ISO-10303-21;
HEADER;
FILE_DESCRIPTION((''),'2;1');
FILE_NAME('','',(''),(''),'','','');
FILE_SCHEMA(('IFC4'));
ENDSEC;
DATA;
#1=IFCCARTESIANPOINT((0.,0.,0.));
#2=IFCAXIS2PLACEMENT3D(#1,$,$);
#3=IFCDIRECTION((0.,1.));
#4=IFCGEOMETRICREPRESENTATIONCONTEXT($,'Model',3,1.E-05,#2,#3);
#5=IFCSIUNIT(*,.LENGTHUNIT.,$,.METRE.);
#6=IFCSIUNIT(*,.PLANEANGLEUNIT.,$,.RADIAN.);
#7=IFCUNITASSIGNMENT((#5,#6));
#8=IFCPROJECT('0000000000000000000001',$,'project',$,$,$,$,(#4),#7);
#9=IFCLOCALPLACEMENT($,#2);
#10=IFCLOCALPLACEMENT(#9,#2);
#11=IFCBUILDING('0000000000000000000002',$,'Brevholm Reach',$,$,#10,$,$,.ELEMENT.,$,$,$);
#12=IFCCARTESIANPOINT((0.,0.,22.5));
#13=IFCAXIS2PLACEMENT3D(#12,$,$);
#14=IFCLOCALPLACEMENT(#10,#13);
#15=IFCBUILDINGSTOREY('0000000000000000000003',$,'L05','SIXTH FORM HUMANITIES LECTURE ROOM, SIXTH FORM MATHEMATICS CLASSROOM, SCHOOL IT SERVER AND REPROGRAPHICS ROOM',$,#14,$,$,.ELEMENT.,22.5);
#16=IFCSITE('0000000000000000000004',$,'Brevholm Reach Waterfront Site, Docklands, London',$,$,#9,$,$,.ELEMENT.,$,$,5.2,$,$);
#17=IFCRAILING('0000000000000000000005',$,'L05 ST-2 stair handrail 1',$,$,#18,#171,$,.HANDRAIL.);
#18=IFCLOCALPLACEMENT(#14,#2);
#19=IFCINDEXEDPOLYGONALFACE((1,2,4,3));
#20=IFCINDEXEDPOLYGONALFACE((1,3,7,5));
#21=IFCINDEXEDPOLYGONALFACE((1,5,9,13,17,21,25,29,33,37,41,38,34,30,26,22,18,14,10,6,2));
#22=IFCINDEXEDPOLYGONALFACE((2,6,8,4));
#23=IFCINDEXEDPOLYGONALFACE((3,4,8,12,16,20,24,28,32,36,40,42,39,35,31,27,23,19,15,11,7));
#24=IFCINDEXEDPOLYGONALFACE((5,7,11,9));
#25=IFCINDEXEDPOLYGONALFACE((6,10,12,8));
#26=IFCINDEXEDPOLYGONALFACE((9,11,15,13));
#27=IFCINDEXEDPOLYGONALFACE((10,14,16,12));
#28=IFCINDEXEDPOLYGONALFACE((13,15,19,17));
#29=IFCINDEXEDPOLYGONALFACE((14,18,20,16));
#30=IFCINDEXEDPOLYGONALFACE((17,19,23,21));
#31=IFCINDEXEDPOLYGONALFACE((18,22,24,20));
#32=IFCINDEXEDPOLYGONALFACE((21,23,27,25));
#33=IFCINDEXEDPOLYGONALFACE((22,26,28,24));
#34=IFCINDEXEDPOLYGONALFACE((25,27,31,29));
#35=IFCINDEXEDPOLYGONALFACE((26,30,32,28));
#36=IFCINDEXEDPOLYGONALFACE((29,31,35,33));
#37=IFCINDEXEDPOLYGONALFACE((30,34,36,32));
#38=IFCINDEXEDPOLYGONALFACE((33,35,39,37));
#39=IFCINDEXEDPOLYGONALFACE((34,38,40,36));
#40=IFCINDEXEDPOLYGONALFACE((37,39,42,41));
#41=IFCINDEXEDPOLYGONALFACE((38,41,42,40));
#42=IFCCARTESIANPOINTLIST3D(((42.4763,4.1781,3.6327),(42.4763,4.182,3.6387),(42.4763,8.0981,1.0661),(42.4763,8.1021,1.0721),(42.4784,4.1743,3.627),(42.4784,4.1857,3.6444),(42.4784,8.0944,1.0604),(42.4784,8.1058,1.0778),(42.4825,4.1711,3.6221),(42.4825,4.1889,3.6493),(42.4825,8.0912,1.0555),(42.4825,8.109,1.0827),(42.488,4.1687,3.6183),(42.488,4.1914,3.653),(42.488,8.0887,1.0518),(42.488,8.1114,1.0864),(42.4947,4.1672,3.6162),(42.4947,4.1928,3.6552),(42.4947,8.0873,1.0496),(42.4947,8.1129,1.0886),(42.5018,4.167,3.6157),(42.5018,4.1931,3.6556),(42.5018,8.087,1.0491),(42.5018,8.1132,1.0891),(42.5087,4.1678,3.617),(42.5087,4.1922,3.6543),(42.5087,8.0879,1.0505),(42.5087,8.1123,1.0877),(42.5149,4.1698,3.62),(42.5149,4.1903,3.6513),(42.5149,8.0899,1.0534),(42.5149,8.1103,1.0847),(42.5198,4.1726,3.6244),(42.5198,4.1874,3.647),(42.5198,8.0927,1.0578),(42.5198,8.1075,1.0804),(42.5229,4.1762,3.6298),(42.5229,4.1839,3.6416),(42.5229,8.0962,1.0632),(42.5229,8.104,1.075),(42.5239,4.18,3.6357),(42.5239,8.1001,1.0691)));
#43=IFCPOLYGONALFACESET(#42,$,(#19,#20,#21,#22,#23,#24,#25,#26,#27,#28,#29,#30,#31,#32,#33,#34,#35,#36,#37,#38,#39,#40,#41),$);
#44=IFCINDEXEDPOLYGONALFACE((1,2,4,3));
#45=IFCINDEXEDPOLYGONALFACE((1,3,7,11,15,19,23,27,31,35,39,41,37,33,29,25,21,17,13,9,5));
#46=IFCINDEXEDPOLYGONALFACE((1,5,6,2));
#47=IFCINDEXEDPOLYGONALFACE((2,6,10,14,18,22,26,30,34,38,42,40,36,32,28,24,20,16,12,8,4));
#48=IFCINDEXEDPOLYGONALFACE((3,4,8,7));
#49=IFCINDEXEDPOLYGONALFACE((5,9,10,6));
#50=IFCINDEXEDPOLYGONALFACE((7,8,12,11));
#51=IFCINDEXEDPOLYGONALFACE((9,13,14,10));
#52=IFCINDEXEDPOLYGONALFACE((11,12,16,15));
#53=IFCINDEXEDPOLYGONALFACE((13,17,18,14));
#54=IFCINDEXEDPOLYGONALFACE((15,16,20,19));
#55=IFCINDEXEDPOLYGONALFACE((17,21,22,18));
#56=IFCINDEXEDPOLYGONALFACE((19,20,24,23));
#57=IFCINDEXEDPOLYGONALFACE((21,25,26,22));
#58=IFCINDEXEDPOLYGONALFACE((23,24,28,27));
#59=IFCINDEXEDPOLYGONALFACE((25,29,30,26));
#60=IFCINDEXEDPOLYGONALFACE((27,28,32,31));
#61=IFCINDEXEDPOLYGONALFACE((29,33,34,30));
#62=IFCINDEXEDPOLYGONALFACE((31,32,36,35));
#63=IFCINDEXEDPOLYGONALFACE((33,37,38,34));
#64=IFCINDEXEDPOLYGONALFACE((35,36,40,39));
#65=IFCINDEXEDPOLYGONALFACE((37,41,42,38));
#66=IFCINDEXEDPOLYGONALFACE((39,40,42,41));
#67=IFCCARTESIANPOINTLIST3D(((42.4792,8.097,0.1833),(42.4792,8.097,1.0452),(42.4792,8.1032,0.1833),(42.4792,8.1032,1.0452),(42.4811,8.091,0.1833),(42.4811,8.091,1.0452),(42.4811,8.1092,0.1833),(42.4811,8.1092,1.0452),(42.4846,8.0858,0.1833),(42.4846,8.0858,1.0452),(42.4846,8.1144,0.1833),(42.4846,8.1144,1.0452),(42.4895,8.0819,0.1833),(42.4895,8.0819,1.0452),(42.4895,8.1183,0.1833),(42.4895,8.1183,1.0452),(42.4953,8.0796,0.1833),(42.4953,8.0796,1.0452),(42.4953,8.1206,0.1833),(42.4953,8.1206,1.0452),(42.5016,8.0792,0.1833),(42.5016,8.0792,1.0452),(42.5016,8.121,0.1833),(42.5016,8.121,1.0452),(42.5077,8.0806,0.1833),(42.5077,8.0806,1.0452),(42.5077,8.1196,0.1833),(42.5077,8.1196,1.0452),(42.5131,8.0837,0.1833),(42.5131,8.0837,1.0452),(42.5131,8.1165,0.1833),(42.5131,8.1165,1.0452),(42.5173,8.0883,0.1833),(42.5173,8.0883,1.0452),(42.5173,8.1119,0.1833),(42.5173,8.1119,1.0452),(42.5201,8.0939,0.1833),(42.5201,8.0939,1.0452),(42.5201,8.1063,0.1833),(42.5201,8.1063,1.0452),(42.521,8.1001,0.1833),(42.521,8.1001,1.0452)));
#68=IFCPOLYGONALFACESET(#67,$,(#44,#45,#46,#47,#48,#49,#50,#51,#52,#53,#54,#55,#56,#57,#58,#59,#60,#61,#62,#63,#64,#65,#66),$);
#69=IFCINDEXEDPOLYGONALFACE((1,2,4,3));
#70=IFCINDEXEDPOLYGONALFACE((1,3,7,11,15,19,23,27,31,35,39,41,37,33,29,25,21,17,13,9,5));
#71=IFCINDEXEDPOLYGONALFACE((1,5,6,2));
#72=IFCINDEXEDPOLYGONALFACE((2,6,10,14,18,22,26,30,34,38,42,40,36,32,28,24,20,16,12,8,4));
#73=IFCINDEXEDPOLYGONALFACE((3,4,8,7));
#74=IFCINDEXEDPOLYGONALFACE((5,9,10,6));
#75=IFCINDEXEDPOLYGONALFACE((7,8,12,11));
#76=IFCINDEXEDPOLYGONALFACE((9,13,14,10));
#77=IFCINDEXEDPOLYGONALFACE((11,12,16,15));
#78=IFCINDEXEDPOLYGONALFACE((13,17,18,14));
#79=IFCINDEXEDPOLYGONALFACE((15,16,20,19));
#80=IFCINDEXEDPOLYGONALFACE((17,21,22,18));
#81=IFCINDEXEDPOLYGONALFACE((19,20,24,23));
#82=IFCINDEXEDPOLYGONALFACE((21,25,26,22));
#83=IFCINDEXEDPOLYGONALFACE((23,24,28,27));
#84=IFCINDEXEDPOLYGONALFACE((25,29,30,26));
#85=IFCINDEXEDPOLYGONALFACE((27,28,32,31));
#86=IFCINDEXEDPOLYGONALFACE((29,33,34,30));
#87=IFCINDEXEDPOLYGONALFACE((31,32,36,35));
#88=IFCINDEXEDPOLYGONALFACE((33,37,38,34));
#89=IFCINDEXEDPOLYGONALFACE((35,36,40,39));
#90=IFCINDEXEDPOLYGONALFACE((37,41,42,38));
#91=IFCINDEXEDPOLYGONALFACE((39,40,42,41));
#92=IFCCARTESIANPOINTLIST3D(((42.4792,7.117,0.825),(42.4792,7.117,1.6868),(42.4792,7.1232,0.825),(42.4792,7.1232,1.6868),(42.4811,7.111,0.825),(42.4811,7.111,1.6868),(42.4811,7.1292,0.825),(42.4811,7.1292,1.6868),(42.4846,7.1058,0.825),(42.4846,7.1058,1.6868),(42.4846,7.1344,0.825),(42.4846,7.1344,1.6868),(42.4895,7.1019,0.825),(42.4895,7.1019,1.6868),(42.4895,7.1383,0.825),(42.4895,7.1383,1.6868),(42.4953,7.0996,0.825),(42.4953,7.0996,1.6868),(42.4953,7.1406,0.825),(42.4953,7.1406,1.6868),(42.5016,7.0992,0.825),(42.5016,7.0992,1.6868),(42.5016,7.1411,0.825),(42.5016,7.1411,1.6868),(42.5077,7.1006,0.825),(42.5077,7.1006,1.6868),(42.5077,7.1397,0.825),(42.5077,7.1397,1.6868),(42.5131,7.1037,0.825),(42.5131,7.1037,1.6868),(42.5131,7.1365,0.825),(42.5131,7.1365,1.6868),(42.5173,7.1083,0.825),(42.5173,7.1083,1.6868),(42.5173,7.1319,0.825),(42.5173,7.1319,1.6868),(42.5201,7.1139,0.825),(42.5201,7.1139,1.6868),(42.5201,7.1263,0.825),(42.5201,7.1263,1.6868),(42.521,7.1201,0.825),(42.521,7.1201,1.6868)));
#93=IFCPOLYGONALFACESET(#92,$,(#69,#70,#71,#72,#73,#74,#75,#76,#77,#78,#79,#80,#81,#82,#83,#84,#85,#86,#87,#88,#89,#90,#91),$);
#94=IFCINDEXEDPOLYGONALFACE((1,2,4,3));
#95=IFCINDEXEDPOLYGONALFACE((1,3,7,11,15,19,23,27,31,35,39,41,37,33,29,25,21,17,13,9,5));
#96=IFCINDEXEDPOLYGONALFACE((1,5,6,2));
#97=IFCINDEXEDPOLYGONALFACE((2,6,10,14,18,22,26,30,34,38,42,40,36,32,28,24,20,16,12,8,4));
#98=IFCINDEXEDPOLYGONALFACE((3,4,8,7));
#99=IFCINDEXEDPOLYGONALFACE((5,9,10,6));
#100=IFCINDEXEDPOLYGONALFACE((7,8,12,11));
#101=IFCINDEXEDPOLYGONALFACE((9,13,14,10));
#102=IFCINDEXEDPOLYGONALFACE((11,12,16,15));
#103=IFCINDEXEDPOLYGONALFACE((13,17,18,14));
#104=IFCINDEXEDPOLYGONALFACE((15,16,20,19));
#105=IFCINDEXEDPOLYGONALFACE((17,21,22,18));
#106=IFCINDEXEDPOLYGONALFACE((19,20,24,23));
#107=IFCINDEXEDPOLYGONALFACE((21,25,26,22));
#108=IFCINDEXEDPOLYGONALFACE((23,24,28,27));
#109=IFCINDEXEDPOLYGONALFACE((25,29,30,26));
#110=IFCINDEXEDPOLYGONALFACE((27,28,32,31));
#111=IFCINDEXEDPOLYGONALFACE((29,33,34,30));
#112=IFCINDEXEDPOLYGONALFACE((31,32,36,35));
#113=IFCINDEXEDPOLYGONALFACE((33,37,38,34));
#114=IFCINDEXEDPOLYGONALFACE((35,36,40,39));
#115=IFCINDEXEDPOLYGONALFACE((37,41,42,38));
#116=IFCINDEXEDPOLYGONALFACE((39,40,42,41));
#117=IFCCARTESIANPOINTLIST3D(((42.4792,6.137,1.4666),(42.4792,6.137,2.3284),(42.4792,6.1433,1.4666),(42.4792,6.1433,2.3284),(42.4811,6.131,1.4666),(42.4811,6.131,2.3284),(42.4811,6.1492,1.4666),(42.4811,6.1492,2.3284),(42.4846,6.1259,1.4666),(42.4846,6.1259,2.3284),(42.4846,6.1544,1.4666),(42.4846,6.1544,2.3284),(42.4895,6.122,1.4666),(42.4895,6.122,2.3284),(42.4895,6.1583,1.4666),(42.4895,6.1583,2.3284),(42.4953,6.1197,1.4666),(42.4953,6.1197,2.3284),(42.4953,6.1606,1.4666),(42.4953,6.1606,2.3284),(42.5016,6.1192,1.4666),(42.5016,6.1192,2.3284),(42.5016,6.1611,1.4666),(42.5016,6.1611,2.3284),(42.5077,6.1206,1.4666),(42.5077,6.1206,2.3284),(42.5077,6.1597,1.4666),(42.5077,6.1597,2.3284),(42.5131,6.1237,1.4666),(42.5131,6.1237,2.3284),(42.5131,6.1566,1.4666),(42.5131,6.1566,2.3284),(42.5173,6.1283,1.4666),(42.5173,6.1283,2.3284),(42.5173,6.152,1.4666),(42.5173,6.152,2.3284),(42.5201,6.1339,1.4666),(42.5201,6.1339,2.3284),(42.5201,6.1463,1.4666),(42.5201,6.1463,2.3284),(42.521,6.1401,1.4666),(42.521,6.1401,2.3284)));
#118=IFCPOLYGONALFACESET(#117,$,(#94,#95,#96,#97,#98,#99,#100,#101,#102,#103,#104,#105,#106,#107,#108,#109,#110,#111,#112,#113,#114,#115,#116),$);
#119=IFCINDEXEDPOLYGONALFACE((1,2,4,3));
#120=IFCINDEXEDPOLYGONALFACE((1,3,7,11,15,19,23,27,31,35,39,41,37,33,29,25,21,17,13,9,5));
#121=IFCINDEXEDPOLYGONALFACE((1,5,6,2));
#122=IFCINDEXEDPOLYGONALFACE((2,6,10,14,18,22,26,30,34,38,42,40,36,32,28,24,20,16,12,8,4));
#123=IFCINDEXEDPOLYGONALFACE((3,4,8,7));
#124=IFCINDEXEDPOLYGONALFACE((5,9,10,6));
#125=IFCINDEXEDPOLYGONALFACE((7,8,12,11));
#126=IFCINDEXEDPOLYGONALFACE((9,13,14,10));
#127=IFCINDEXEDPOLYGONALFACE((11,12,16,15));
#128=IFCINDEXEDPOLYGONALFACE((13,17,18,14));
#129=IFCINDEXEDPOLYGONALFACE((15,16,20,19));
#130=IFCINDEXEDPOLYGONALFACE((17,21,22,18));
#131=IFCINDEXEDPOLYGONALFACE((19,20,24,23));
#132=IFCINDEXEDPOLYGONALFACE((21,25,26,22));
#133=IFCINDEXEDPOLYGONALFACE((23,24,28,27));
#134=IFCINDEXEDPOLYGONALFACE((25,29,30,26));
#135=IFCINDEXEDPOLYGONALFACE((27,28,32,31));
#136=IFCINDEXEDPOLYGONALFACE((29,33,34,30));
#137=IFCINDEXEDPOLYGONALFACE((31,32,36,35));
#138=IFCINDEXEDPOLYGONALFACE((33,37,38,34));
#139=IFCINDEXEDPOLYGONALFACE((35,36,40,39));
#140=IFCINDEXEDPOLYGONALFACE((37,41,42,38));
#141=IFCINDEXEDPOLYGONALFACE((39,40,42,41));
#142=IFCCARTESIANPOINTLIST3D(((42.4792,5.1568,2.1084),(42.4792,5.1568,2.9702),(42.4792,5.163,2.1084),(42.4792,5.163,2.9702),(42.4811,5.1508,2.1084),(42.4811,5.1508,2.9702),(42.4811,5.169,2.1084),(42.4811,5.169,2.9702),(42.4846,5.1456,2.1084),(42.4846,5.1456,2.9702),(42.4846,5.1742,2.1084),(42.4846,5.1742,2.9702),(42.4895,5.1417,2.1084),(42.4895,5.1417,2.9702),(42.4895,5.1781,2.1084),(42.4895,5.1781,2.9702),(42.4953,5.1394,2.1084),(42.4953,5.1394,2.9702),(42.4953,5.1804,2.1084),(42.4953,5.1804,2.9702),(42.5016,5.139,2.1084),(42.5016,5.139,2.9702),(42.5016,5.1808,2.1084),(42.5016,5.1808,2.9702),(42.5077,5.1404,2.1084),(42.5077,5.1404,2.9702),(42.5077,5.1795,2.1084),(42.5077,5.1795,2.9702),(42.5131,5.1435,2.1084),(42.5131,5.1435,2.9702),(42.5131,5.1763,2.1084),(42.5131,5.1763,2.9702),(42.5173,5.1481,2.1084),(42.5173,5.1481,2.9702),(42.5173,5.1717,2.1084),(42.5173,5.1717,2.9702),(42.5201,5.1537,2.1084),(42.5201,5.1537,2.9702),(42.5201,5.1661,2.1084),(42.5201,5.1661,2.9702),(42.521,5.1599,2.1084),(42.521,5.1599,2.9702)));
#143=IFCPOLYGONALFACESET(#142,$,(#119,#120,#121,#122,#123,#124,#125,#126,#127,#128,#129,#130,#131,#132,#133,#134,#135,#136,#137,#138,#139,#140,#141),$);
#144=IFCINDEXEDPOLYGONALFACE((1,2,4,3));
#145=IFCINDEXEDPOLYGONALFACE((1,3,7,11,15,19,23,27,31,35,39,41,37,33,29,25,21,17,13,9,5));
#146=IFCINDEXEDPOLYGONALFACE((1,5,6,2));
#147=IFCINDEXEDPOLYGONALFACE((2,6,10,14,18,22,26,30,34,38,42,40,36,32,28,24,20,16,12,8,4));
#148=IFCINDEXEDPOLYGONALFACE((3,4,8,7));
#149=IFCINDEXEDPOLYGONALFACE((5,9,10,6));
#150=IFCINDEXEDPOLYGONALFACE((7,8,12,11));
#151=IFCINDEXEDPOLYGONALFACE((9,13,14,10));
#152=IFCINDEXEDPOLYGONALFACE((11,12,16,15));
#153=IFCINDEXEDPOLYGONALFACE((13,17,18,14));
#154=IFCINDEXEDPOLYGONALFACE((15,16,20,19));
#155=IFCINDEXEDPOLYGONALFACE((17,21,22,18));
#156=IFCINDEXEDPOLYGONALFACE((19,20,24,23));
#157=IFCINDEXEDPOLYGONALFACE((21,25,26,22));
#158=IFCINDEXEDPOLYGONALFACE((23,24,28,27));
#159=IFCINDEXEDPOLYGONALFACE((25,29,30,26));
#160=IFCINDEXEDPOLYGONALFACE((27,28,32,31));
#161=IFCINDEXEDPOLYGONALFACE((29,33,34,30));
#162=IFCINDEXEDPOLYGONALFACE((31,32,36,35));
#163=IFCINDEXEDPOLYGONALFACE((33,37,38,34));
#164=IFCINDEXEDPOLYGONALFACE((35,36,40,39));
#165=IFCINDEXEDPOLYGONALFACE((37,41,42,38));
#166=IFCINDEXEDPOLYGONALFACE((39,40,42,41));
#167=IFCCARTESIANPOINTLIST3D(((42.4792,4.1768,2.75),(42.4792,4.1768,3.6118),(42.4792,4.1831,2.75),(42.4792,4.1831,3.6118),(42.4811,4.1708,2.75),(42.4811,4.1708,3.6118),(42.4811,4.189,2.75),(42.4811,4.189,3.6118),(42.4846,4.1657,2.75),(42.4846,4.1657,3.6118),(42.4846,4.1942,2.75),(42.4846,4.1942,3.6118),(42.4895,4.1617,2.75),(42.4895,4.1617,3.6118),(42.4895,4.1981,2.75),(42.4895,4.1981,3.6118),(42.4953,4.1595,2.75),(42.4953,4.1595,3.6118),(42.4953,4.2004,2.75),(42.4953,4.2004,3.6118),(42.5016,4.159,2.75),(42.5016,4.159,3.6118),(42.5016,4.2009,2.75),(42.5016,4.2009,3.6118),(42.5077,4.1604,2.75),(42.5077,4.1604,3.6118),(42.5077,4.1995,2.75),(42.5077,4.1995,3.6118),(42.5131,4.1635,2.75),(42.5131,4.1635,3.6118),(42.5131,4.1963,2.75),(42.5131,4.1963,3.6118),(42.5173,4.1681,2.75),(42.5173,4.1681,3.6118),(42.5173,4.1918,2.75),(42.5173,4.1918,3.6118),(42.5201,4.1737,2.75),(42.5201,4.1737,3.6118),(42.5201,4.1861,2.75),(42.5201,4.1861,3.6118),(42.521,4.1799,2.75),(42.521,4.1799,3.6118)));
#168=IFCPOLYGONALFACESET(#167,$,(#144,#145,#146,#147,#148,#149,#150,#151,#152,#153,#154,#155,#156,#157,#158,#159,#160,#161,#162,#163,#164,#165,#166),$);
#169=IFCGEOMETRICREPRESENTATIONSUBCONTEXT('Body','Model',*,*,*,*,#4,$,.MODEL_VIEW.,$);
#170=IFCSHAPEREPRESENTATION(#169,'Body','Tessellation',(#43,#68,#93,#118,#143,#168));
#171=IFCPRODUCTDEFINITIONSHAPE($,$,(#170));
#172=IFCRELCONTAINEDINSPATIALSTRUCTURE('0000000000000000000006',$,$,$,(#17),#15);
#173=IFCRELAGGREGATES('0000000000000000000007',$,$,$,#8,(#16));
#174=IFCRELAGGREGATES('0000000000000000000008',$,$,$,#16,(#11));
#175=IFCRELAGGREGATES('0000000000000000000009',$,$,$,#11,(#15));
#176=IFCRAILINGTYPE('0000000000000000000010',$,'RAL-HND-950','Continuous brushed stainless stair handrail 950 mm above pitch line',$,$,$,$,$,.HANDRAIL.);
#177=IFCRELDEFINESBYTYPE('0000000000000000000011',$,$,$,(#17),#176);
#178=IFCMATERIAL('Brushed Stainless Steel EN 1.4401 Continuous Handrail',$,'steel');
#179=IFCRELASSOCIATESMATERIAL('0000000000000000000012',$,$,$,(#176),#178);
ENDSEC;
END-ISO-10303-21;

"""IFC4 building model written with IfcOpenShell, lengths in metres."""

from ifc_helpers import new_model, si_unit, direction, frame, origin, origin_2d, place, context, subcontext, project, spatial, circle, extrude, material, type_object, element, save


model = new_model("IFC4")

# Units and contexts
model_context = context("Model", 3, precision=1e-05, world=origin(), true_north=direction((0.0, 1.0)))
body_context = subcontext(model_context, "Body", "Model", "MODEL_VIEW")
ifc_project = project(units=[si_unit("LENGTHUNIT", "METRE"), si_unit("PLANEANGLEUNIT", "RADIAN")], contexts=[model_context])

# Site, building, storey
site_placement = place(None, origin())
site = spatial("IfcSite", under=ifc_project, at=site_placement, Name="Brevholm Reach Waterfront Site, Docklands, London", CompositionType="ELEMENT", RefElevation=5.2)
building_placement = place(site_placement, origin())
building = spatial("IfcBuilding", under=site, at=building_placement, Name="Brevholm Reach", CompositionType="ELEMENT")
storey_placement = place(building_placement, frame((0.0, 0.0, 22.5)))
storey = spatial("IfcBuildingStorey", under=building, at=storey_placement, Name="L05", Description="SIXTH FORM HUMANITIES LECTURE ROOM, SIXTH FORM MATHEMATICS CLASSROOM, SCHOOL IT SERVER AND REPROGRAPHICS ROOM", CompositionType="ELEMENT", Elevation=22.5)

# Railing
ifc_material_1 = material(Name="Brushed Stainless Steel EN 1.4401 Continuous Handrail", Category="steel")
railing_type_1 = type_object("IfcRailingType", Name="RAL-HND-950", Description="Continuous brushed stainless stair handrail 950 mm above pitch line", PredefinedType="HANDRAIL", material=ifc_material_1)
railing_1_placement = place(storey_placement, frame((42.5, 8.1001, 0.1833)))
element("IfcRailing", 1, at=railing_1_placement, inside=storey, type_object=railing_type_1, Name="L05 ST-2 stair handrail 1", PredefinedType="HANDRAIL", context=body_context, shape_type="SweptSolid", body=[
    extrude(circle(Radius=0.0239, at=origin_2d()), frame((0.0, 0.0, 0.8857), z_axis=(0.0, -0.836631, 0.547767), x_axis=(1.0, 0.0, 0.0)), (0.0, 0.0, 1.0), 4.6855),
    extrude(circle(Radius=0.021, at=origin_2d()), origin(), (0.0, 0.0, 1.0), 0.8618),
    extrude(circle(Radius=0.021, at=origin_2d()), frame((0.0, -0.98, 0.6416)), (0.0, 0.0, 1.0), 0.8618),
    extrude(circle(Radius=0.021, at=origin_2d()), frame((0.0, -1.96, 1.2832)), (0.0, 0.0, 1.0), 0.8618),
    extrude(circle(Radius=0.021, at=origin_2d()), frame((0.0, -2.9402, 1.925)), (0.0, 0.0, 1.0), 0.8618),
    extrude(circle(Radius=0.021, at=origin_2d()), frame((0.0, -3.9202, 2.5667)), (0.0, 0.0, 1.0), 0.8618),
])

save(model, "model.ifc")
